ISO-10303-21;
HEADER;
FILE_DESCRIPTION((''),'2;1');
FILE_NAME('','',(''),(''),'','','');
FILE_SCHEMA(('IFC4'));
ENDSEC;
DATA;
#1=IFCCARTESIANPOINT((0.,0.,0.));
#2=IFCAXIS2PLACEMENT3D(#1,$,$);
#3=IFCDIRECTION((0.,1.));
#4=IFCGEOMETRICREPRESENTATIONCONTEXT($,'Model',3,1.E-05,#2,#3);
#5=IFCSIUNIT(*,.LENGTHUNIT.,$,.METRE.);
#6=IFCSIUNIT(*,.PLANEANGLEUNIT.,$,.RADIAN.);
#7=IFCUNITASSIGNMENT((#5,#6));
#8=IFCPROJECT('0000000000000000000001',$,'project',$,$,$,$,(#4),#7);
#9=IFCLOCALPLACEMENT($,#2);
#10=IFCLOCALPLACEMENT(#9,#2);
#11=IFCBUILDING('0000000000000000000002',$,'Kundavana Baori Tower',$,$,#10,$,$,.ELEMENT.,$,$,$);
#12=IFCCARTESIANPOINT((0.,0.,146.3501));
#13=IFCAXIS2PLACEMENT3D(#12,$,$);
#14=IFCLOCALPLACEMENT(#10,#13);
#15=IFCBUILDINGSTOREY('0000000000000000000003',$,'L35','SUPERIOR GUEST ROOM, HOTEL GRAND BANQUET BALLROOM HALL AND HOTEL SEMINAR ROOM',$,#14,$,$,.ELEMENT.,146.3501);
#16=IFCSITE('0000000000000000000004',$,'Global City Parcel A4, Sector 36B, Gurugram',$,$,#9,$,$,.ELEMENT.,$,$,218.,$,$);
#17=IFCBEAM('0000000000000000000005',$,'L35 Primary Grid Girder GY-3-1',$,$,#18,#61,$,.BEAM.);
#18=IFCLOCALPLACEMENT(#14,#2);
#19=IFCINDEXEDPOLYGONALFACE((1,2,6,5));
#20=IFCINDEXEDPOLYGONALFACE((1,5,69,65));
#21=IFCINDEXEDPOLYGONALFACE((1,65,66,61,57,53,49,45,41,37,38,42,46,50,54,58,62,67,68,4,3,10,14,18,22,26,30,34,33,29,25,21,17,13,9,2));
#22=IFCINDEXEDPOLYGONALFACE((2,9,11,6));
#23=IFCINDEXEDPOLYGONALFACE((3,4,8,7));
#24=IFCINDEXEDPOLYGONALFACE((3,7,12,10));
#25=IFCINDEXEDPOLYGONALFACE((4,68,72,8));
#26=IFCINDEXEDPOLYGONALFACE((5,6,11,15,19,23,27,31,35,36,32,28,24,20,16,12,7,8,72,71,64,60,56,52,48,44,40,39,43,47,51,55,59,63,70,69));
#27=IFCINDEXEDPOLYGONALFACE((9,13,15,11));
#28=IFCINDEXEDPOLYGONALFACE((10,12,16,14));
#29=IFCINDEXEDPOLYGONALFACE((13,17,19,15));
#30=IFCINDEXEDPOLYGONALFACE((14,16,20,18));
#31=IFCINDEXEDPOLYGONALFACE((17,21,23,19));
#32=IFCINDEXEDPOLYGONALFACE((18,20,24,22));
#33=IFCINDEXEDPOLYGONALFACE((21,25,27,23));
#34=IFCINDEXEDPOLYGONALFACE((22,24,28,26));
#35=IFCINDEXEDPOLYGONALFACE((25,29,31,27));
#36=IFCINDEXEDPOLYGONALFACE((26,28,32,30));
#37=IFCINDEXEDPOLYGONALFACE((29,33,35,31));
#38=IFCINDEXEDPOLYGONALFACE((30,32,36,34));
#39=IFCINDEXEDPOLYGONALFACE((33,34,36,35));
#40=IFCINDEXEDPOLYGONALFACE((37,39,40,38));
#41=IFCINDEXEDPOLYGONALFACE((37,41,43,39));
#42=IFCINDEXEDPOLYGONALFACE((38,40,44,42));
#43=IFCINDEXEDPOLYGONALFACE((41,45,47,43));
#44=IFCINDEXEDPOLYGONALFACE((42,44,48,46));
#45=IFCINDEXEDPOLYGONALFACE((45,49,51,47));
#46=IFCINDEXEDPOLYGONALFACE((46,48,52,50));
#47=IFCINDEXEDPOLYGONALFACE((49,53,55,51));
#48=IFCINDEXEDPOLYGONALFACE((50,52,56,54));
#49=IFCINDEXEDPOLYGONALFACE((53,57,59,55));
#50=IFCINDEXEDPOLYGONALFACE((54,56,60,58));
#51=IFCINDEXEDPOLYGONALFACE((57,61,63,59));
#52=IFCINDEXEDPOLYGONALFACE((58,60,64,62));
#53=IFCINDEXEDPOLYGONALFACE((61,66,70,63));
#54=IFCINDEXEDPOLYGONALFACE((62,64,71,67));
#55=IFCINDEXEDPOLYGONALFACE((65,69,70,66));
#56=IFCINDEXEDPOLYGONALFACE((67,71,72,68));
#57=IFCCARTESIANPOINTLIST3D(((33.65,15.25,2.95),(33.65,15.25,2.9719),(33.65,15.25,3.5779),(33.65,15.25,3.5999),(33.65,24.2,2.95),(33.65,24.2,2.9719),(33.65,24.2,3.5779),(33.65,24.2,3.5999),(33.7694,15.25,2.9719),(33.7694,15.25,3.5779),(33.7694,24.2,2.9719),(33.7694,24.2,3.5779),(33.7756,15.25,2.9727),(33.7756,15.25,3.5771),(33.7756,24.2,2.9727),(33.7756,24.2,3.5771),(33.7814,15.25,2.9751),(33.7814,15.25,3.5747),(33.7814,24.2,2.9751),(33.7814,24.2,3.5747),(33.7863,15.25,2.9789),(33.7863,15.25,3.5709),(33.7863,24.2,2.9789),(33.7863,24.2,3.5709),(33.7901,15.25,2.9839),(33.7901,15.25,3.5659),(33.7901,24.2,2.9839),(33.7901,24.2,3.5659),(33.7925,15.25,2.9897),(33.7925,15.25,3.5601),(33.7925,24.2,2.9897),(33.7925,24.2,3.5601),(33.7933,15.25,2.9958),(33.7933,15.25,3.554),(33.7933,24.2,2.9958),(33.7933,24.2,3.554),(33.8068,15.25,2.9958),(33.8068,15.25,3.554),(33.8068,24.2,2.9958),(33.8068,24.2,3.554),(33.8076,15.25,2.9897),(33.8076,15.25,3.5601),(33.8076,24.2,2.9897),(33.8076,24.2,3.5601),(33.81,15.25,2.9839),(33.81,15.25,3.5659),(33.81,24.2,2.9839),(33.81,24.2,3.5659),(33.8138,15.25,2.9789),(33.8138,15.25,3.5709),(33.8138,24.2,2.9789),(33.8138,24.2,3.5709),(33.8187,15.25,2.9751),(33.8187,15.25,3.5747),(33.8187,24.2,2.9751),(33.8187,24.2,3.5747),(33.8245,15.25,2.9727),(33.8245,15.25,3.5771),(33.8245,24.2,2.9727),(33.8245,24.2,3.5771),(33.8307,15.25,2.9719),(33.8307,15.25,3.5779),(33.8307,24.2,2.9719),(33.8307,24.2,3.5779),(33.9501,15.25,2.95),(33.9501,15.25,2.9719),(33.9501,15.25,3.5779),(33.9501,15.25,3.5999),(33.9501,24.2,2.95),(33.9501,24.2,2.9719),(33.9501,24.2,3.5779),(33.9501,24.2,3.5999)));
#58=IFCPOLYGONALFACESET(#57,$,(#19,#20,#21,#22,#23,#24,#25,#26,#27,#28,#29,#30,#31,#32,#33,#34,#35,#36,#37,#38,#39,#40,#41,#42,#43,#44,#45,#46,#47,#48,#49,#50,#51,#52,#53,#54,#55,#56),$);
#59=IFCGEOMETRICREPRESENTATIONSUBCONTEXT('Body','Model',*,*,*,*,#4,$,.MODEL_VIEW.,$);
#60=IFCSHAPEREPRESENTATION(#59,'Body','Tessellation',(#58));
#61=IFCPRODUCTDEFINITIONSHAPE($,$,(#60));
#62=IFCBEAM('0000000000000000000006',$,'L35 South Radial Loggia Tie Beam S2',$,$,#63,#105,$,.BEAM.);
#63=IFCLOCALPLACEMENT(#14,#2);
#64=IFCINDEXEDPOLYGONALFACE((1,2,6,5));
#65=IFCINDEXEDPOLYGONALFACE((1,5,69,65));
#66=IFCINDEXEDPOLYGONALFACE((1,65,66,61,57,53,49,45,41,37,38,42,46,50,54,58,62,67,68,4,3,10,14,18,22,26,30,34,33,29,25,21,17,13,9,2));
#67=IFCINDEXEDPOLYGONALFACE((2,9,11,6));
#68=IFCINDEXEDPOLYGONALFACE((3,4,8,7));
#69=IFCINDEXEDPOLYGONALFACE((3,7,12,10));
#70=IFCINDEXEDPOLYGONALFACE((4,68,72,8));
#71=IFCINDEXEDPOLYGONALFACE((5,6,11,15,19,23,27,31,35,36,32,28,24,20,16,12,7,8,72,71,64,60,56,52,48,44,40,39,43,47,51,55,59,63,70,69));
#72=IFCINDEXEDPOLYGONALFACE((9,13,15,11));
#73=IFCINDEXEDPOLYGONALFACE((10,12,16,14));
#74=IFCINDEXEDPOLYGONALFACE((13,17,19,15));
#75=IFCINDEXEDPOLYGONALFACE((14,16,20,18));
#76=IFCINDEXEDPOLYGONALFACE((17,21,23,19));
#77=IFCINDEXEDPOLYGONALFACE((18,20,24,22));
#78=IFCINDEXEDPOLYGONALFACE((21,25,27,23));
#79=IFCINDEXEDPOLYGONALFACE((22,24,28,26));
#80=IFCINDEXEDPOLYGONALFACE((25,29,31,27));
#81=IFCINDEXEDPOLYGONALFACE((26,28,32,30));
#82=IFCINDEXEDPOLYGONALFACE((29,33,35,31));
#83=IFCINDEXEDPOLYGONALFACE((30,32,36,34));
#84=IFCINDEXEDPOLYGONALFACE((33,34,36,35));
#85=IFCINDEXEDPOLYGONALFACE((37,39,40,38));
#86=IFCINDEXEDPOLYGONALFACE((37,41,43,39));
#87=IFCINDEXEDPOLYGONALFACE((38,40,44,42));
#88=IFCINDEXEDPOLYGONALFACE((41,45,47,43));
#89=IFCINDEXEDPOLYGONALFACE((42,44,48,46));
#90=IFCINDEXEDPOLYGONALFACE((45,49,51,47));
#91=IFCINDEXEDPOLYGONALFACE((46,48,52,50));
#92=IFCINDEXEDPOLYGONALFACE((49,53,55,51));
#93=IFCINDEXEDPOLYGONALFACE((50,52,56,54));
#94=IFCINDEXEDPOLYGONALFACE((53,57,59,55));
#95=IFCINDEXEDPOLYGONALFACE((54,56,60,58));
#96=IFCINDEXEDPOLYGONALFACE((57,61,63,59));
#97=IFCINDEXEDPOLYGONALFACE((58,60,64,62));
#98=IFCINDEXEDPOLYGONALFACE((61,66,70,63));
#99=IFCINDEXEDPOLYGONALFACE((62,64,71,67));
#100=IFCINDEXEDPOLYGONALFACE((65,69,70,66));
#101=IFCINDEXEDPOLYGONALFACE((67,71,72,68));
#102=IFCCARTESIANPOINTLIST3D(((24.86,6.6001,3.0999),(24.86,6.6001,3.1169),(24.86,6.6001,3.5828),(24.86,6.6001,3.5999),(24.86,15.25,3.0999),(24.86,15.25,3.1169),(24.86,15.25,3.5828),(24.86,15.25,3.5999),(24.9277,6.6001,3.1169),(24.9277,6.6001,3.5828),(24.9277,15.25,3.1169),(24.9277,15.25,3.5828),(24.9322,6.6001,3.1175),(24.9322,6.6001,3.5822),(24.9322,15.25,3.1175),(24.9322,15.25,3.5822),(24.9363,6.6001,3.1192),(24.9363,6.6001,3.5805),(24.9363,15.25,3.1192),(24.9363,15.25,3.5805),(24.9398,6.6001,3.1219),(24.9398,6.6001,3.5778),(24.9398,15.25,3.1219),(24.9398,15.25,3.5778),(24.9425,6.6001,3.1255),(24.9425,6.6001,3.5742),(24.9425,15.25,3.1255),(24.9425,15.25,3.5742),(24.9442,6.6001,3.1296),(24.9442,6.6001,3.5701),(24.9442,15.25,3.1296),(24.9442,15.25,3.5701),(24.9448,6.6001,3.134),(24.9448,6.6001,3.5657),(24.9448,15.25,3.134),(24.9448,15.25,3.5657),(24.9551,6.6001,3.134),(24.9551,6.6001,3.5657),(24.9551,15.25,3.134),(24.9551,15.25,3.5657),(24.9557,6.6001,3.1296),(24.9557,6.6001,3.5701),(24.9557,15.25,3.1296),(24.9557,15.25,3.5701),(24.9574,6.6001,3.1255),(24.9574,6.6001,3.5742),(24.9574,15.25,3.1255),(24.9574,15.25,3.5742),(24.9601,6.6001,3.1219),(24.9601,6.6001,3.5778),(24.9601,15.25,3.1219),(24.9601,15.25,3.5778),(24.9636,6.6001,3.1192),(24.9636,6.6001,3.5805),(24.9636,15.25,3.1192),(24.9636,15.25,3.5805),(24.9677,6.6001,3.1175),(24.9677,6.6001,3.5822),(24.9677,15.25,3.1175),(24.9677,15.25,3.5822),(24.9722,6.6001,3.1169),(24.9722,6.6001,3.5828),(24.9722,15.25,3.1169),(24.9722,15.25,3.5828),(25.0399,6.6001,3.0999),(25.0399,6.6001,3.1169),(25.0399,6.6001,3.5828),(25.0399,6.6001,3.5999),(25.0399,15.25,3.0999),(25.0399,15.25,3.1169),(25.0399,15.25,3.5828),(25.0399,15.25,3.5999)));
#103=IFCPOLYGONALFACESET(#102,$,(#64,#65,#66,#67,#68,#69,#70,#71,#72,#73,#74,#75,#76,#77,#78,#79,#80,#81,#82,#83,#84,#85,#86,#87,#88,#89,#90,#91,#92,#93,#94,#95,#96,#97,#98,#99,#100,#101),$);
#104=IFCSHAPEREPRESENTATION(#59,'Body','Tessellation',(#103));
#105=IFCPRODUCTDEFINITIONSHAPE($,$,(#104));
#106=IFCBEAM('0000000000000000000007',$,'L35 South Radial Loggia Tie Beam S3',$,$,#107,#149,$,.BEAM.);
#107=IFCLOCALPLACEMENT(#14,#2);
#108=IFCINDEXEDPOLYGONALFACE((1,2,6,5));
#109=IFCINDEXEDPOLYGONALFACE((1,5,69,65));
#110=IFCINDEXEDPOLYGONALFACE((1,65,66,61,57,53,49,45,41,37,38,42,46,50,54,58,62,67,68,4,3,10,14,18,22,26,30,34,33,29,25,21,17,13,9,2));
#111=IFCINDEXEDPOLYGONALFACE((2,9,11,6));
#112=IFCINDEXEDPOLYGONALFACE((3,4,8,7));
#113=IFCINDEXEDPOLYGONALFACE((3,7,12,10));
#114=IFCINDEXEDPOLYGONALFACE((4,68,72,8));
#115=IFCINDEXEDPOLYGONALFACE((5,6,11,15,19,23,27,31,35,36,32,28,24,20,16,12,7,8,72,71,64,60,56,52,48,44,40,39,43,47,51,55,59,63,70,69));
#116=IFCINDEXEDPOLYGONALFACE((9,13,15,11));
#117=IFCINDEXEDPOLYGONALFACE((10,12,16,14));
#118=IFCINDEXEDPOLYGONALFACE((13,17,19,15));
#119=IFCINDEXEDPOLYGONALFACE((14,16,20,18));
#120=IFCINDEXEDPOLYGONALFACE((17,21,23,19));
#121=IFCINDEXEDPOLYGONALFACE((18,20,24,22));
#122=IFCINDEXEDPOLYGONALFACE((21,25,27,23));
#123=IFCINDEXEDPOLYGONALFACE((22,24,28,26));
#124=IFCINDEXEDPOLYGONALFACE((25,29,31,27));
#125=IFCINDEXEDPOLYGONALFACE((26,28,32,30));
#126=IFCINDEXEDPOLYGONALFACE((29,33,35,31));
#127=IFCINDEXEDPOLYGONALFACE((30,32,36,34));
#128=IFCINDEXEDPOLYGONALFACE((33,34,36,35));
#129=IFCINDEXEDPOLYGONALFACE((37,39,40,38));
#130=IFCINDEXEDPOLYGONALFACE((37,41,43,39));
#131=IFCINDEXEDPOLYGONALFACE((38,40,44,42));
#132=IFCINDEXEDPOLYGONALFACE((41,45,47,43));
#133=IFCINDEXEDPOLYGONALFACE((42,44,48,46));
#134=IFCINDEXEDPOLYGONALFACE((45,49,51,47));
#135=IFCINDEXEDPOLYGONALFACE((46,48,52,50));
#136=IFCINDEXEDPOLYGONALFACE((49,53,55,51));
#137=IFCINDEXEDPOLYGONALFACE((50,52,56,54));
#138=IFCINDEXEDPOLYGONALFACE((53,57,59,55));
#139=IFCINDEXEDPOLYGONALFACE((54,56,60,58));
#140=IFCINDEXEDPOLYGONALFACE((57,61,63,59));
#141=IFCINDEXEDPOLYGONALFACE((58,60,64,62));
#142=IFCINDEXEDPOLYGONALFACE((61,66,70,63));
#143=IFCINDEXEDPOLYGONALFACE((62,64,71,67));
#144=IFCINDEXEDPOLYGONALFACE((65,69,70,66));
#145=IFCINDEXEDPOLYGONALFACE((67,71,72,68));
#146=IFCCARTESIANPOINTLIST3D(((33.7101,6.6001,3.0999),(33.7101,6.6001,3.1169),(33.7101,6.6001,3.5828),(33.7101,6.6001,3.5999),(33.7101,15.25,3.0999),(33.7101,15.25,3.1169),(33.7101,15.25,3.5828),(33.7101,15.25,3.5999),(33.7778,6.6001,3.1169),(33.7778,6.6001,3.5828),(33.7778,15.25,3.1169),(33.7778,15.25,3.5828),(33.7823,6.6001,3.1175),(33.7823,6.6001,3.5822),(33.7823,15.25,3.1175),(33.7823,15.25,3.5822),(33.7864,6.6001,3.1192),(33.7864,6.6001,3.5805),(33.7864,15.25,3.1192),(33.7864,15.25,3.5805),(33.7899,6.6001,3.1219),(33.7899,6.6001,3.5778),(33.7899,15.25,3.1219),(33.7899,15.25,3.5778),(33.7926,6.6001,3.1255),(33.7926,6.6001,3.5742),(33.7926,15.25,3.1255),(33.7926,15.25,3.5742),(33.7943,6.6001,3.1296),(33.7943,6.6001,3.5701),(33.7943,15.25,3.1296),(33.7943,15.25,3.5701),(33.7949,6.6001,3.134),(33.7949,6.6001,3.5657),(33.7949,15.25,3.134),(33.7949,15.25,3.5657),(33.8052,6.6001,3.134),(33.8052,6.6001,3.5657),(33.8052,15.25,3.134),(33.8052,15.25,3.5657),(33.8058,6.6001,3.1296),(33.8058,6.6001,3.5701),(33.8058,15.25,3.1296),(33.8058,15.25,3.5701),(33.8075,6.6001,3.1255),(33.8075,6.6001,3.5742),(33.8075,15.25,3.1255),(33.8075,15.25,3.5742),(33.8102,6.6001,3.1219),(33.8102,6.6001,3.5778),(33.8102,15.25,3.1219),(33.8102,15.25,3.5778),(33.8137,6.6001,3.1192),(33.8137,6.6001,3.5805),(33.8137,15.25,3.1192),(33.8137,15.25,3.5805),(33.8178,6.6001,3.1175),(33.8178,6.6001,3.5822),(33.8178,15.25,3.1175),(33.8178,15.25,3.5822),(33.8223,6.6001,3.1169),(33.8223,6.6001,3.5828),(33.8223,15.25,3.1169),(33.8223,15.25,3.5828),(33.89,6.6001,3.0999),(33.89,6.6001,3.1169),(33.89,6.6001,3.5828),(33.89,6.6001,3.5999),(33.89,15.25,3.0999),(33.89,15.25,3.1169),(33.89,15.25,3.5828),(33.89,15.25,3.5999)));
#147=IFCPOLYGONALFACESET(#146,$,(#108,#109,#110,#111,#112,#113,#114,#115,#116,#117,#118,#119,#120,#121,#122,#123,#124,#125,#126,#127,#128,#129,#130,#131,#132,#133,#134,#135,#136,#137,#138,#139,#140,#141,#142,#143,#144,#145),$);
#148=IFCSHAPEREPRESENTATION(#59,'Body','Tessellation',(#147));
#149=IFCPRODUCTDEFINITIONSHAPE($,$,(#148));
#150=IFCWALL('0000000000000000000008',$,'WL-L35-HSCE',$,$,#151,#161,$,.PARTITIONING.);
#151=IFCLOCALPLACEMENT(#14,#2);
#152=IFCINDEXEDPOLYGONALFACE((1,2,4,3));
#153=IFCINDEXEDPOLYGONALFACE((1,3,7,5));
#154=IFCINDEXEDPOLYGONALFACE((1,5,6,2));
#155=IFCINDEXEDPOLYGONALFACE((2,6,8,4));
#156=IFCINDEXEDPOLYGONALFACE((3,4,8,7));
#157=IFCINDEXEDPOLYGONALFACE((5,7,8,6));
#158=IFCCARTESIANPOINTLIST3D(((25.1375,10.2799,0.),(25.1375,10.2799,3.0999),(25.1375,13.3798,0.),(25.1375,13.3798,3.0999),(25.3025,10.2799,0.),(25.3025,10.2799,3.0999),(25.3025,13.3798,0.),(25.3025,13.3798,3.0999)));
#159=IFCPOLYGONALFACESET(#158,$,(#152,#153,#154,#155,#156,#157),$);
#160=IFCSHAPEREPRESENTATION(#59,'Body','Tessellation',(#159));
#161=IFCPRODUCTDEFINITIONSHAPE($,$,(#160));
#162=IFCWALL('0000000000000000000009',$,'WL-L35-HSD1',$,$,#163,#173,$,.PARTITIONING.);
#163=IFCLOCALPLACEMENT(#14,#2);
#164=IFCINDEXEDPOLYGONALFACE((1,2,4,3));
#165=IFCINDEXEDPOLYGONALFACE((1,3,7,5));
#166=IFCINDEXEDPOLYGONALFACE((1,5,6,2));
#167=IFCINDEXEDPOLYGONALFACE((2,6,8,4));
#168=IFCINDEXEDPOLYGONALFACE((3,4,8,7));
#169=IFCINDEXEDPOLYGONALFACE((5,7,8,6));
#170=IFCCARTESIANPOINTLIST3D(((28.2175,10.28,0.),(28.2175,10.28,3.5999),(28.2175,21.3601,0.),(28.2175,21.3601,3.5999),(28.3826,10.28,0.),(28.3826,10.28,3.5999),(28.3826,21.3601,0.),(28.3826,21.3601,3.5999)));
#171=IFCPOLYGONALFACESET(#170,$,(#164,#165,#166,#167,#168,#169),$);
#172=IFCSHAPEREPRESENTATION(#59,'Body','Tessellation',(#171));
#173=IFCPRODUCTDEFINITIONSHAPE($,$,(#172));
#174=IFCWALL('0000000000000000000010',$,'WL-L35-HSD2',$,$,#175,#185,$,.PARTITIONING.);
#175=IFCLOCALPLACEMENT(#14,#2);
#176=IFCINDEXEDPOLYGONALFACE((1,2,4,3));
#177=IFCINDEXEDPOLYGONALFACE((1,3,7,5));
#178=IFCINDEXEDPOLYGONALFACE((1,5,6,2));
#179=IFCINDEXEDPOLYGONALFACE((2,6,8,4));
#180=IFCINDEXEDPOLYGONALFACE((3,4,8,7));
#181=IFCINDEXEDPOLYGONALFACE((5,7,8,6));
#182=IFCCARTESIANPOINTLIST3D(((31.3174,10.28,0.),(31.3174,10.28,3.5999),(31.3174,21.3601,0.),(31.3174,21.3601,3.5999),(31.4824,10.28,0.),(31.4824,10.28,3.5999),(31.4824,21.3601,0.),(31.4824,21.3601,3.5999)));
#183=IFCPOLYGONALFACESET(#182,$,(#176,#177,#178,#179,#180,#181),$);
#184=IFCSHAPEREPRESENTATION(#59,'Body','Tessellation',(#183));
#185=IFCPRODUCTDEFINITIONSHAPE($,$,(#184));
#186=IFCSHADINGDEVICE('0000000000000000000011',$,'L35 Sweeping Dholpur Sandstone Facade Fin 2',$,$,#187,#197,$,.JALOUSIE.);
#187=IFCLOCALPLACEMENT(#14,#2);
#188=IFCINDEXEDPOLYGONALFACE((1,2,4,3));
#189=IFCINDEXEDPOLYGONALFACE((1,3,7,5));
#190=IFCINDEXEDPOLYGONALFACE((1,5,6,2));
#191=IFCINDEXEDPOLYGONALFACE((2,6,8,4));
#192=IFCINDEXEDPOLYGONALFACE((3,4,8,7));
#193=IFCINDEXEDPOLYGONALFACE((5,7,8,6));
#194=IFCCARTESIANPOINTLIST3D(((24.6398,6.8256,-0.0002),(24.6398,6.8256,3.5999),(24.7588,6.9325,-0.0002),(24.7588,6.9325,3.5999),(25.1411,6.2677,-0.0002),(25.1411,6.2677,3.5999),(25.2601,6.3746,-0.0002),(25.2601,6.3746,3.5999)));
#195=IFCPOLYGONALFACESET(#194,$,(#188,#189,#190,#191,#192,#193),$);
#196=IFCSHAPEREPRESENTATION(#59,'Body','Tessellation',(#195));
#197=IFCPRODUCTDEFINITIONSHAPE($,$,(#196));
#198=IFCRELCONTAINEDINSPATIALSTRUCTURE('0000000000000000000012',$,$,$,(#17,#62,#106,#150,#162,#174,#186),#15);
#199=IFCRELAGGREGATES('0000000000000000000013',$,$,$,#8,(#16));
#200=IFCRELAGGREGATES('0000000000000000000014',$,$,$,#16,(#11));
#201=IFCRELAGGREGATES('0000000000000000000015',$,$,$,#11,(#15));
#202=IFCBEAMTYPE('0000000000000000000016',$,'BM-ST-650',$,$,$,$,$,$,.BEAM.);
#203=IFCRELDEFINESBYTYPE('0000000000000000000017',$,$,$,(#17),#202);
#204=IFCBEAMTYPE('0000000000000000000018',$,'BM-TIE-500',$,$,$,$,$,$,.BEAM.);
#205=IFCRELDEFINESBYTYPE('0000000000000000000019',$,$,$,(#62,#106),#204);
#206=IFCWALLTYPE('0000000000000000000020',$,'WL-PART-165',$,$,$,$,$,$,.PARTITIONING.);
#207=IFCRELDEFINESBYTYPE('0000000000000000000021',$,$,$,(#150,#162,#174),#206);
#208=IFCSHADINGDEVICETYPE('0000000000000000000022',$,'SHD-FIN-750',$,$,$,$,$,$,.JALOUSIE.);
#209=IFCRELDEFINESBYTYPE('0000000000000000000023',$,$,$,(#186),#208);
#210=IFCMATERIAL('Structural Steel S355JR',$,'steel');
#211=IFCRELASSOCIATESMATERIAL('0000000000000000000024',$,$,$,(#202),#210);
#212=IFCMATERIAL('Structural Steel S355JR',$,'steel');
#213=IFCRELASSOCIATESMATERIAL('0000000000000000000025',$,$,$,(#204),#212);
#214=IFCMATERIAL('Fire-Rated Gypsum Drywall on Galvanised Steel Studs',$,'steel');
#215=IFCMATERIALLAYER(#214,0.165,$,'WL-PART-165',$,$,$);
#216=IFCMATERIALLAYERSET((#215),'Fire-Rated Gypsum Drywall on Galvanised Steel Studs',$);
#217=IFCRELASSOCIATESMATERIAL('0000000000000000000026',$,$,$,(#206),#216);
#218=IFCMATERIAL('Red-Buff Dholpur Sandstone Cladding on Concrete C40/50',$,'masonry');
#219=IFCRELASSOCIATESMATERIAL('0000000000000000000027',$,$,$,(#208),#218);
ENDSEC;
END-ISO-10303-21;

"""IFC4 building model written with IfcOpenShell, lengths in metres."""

from ifc_helpers import new_model, si_unit, direction, frame, frame_2d, origin, origin_2d, place, context, subcontext, project, spatial, rectangle, i_section, extrude, material, layer, layer_set, material_profile, profile_set, type_object, element, save


model = new_model("IFC4")

# Units and contexts
model_context = context("Model", 3, precision=1e-05, world=origin(), true_north=direction((0.0, 1.0)))
body_context = subcontext(model_context, "Body", "Model", "MODEL_VIEW")
ifc_project = project(units=[si_unit("LENGTHUNIT", "METRE"), si_unit("PLANEANGLEUNIT", "RADIAN")], contexts=[model_context])

# Site, building, storey
site_placement = place(None, origin())
site = spatial("IfcSite", under=ifc_project, at=site_placement, Name="Global City Parcel A4, Sector 36B, Gurugram", CompositionType="ELEMENT", RefElevation=218.0)
building_placement = place(site_placement, origin())
building = spatial("IfcBuilding", under=site, at=building_placement, Name="Kundavana Baori Tower", CompositionType="ELEMENT")
storey_placement = place(building_placement, frame((0.0, 0.0, 146.3501)))
storey = spatial("IfcBuildingStorey", under=building, at=storey_placement, Name="L35", Description="SUPERIOR GUEST ROOM, HOTEL GRAND BANQUET BALLROOM HALL AND HOTEL SEMINAR ROOM", CompositionType="ELEMENT", Elevation=146.3501)

# Beams
ifc_material_1 = material(Name="Structural Steel S355JR", Category="steel")
ifc_material_profile_1 = material_profile(ifc_material_1, i_section(OverallWidth=0.3, OverallDepth=0.6499, WebThickness=0.0134, FlangeThickness=0.022, FilletRadius=0.0239, at=origin_2d()), Name="NPB 650x300x155")
ifc_profile_set_1 = profile_set([ifc_material_profile_1], Name="Structural Steel S355JR")
beam_type_1 = type_object("IfcBeamType", Name="BM-ST-650", PredefinedType="BEAM", material=ifc_profile_set_1)
beam_1_placement = place(storey_placement, frame((33.8, 15.25, 3.2749), z_axis=(0.0, 1.0, 0.0), x_axis=(-1.0, 0.0, 0.0)))
element("IfcBeam", 1, at=beam_1_placement, inside=storey, type_object=beam_type_1, Name="L35 Primary Grid Girder GY-3-1", PredefinedType="BEAM", context=body_context, shape_type="SweptSolid", body=[
    extrude(i_section(OverallWidth=0.3, OverallDepth=0.6499, WebThickness=0.0134, FlangeThickness=0.022, FilletRadius=0.0239, at=origin_2d()), origin(), (0.0, 0.0, 1.0), 8.95),
])
ifc_material_2 = material(Name="Structural Steel S355JR", Category="steel")
ifc_material_profile_2 = material_profile(ifc_material_2, i_section(OverallWidth=0.1799, OverallDepth=0.5, WebThickness=0.0103, FlangeThickness=0.0171, FilletRadius=0.0171, at=origin_2d()), Name="ISMB 500")
ifc_profile_set_2 = profile_set([ifc_material_profile_2], Name="Structural Steel S355JR")
beam_type_2 = type_object("IfcBeamType", Name="BM-TIE-500", PredefinedType="BEAM", material=ifc_profile_set_2)
for number, where, z_axis, x_axis, name in (
    (2, (24.95, 15.25, 3.3499), (0.0, -1.0, 0.0), (1.0, 0.0, 0.0), "L35 South Radial Loggia Tie Beam S2"),
    (3, (33.8, 15.25, 3.3499), (0.0, -1.0, 0.0), (1.0, 0.0, 0.0), "L35 South Radial Loggia Tie Beam S3"),
):
    element("IfcBeam", number, at=place(storey_placement, frame(where, z_axis=z_axis, x_axis=x_axis)), inside=storey, type_object=beam_type_2, Name=name, PredefinedType="BEAM", context=body_context, shape_type="SweptSolid", body=[
        extrude(i_section(OverallWidth=0.1799, OverallDepth=0.5, WebThickness=0.0103, FlangeThickness=0.0171, FilletRadius=0.0171, at=origin_2d()), origin(), (0.0, 0.0, 1.0), 8.6499),
    ])

# Walls
ifc_material_3 = material(Name="Fire-Rated Gypsum Drywall on Galvanised Steel Studs", Category="steel")
ifc_layer = layer(ifc_material_3, 0.165, Name="WL-PART-165")
ifc_layer_set = layer_set([ifc_layer], Name="Fire-Rated Gypsum Drywall on Galvanised Steel Studs")
wall_type = type_object("IfcWallType", Name="WL-PART-165", PredefinedType="PARTITIONING", material=ifc_layer_set)
wall_placement = place(storey_placement, frame((25.22, 10.28, 0.0), z_axis=(0.0, 0.0, 1.0), x_axis=(0.0, 1.0, 0.0)))
element("IfcWall", 4, at=wall_placement, inside=storey, type_object=wall_type, Name="WL-L35-HSCE", PredefinedType="PARTITIONING", context=body_context, shape_type="SweptSolid", body=[
    extrude(rectangle(XDim=3.0999, YDim=0.165, at=frame_2d((1.5498, 0.0))), origin(), (0.0, 0.0, 1.0), 3.0999),
])
for number, where, z_axis, x_axis, name in (
    (5, (28.3, 10.28, 0.0), (0.0, 0.0, 1.0), (0.0, 1.0, 0.0), "WL-L35-HSD1"),
    (6, (31.3999, 10.28, 0.0), (0.0, 0.0, 1.0), (0.0, 1.0, 0.0), "WL-L35-HSD2"),
):
    element("IfcWall", number, at=place(storey_placement, frame(where, z_axis=z_axis, x_axis=x_axis)), inside=storey, type_object=wall_type, Name=name, PredefinedType="PARTITIONING", context=body_context, shape_type="SweptSolid", body=[
        extrude(rectangle(XDim=11.0801, YDim=0.165, at=frame_2d((5.54, 0.0))), origin(), (0.0, 0.0, 1.0), 3.5999),
    ])

# Shading device
ifc_material_4 = material(Name="Red-Buff Dholpur Sandstone Cladding on Concrete C40/50", Category="masonry")
shading_device_type_1 = type_object("IfcShadingDeviceType", Name="SHD-FIN-750", PredefinedType="JALOUSIE", material=ifc_material_4)
shading_device_1_placement = place(storey_placement, frame((24.95, 6.6001, -0.0002), z_axis=(0.0, 0.0, 1.0), x_axis=(0.743845, 0.668352, 0.0)))
element("IfcShadingDevice", 7, at=shading_device_1_placement, inside=storey, type_object=shading_device_type_1, Name="L35 Sweeping Dholpur Sandstone Facade Fin 2", PredefinedType="JALOUSIE", context=body_context, shape_type="SweptSolid", body=[
    extrude(rectangle(XDim=0.1599, YDim=0.75, at=origin_2d()), origin(), (0.0, 0.0, 1.0), 3.6001),
])

save(model, "model.ifc")
